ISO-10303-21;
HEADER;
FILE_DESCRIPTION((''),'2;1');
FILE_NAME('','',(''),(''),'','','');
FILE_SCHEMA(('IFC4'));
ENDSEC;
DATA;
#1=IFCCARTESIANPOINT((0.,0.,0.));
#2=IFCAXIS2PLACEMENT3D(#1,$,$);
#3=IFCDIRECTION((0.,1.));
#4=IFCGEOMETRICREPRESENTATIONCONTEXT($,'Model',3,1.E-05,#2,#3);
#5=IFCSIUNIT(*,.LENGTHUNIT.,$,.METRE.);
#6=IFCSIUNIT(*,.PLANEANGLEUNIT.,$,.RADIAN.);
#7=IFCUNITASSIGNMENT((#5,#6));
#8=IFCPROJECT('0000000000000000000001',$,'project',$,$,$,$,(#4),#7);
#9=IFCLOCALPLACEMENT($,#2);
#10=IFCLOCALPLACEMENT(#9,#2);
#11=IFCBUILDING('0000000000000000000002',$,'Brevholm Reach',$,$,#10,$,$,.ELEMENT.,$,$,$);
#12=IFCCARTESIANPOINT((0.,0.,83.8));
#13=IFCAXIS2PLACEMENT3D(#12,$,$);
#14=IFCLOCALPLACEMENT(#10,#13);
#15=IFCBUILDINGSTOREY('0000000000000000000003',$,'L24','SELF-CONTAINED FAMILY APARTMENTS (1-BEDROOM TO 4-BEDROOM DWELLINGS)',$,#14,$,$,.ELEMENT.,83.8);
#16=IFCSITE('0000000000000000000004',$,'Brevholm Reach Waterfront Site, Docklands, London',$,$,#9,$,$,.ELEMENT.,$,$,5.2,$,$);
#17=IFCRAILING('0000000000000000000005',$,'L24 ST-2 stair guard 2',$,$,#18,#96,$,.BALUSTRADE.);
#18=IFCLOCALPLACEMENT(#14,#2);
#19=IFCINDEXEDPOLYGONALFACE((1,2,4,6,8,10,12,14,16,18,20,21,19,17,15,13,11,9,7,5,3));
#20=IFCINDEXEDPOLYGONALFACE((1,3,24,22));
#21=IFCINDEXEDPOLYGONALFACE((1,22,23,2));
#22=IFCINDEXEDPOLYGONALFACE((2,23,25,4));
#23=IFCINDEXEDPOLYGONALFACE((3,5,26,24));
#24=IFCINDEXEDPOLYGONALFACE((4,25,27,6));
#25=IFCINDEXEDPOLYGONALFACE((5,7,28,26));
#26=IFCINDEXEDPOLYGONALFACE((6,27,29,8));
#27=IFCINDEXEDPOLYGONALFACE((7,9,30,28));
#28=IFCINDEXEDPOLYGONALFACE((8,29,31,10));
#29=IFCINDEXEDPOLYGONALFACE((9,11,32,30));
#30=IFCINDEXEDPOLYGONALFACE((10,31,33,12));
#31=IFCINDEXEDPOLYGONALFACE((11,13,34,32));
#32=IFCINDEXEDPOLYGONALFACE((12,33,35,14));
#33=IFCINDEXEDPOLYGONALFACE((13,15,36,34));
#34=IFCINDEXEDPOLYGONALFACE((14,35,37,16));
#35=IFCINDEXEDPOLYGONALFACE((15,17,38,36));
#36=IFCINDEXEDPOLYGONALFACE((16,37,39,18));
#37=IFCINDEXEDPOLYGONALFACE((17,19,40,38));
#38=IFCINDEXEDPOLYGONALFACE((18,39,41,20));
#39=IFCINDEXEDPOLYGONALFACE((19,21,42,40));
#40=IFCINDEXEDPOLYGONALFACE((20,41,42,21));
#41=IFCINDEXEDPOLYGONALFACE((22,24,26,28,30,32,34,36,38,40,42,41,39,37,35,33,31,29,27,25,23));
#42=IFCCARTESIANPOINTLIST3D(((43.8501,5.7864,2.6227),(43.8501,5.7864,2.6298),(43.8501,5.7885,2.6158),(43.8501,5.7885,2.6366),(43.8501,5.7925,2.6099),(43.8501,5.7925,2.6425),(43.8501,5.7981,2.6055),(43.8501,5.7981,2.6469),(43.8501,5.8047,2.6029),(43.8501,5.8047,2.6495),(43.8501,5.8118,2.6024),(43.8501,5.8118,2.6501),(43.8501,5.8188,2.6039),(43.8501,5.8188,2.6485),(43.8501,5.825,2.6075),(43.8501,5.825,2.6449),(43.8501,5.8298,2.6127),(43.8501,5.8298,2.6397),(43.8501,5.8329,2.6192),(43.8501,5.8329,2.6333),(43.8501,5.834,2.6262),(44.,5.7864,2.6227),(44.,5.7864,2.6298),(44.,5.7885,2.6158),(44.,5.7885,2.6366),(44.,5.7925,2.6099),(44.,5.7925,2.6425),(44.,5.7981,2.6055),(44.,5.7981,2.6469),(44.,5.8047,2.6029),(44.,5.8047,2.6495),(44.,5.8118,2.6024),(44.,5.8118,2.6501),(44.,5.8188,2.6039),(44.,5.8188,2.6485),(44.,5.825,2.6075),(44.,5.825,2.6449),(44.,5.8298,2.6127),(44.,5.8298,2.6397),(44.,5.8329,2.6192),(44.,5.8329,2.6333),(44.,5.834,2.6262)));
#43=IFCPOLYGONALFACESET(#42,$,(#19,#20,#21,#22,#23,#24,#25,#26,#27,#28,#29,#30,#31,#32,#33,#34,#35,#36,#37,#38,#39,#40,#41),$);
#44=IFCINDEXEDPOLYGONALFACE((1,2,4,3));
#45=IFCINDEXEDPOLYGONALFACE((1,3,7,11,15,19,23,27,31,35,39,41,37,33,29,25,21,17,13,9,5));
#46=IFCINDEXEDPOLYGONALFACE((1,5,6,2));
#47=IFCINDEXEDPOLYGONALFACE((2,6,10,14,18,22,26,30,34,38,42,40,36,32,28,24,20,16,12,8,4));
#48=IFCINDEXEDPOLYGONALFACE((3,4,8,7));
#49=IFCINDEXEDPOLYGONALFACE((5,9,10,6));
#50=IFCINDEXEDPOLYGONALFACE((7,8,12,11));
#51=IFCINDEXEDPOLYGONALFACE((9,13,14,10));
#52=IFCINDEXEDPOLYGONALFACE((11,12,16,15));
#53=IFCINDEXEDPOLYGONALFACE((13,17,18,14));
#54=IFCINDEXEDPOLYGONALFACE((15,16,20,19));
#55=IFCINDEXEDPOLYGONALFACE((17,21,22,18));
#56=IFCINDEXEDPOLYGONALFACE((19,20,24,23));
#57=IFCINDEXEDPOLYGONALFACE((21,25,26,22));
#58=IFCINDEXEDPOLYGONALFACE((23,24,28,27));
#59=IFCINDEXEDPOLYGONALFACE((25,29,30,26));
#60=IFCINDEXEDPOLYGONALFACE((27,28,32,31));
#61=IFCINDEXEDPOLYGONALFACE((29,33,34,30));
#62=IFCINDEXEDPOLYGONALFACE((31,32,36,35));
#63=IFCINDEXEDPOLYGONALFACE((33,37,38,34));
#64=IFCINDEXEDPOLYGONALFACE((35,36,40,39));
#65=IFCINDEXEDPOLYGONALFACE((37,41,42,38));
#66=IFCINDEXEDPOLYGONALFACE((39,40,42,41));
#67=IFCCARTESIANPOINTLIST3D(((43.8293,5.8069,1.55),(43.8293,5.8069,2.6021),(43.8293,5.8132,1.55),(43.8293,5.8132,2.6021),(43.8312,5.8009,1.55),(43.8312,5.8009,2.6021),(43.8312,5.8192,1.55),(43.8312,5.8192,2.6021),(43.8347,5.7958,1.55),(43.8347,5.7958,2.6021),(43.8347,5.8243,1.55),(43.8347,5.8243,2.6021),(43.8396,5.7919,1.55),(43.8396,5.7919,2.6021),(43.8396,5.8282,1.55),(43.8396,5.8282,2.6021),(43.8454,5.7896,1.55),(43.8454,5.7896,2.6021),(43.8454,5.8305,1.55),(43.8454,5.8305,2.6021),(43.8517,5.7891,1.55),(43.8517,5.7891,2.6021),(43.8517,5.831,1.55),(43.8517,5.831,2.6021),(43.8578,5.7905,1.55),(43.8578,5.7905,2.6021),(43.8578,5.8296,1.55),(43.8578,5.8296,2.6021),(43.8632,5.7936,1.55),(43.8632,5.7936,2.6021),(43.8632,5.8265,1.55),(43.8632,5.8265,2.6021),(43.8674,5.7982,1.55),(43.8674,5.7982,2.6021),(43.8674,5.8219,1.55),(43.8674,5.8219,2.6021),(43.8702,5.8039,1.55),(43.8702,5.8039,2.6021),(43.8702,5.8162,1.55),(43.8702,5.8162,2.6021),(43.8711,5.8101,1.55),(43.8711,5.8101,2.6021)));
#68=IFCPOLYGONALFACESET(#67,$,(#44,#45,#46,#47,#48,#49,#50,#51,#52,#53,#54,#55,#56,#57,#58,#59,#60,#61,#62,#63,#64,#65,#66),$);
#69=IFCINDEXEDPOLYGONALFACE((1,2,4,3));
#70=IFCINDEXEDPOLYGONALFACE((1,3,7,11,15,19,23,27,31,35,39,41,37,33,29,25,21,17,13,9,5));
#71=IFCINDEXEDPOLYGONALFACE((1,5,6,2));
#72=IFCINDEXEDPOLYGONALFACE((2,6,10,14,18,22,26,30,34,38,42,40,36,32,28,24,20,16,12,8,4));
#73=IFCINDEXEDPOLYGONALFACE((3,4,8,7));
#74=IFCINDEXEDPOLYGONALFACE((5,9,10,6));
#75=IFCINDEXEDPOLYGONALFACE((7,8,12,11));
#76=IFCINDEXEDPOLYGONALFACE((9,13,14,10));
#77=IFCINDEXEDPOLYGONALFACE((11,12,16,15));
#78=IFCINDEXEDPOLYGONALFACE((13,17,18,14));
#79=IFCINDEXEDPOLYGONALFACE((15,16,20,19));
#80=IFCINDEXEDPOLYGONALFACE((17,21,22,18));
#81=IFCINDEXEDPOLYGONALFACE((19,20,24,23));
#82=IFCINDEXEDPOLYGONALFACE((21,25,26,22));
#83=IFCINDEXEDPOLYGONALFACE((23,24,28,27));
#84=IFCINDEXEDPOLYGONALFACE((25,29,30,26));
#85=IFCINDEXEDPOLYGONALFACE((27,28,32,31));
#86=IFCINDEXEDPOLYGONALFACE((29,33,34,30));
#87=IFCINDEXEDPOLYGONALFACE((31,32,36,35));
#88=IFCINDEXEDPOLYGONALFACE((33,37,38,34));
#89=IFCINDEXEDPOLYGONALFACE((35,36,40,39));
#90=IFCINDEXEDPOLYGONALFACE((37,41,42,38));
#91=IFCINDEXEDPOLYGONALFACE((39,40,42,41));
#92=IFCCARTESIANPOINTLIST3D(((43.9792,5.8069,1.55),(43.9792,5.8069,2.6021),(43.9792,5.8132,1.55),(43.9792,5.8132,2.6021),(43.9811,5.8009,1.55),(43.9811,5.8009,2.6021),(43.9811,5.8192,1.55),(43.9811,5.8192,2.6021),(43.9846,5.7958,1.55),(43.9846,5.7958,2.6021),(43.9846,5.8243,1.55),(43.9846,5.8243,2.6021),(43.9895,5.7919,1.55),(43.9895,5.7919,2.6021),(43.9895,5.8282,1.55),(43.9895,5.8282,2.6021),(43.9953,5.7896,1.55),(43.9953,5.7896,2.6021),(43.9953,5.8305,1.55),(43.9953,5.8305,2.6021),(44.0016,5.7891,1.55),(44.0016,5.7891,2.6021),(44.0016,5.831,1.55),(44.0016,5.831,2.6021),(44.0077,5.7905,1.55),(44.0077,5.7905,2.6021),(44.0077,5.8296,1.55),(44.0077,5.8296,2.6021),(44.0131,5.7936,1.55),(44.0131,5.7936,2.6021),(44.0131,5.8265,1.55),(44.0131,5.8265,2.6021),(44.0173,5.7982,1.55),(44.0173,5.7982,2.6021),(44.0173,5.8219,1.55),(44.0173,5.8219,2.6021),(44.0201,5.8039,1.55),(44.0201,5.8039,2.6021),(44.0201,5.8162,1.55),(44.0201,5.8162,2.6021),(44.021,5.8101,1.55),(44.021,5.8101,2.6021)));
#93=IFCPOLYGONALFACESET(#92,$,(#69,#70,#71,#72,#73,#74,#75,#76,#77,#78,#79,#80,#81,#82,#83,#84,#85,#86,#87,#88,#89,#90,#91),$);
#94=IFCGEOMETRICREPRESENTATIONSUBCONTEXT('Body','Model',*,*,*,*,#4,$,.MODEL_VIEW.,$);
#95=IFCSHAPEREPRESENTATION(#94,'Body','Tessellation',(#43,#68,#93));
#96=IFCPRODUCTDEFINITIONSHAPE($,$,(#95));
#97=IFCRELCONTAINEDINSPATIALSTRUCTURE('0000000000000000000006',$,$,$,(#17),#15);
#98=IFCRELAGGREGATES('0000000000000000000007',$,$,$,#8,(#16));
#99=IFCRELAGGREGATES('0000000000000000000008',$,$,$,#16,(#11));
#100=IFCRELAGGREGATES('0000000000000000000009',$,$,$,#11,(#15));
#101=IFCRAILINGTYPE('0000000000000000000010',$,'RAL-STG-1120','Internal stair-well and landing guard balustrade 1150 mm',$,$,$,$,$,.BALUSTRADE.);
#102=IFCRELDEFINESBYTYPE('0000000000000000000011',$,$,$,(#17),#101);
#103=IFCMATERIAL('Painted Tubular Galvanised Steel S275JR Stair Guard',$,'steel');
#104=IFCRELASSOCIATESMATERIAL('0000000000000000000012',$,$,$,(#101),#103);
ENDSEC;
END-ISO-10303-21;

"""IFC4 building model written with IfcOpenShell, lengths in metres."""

from ifc_helpers import new_model, si_unit, direction, frame, origin, origin_2d, place, context, subcontext, project, spatial, circle, extrude, material, type_object, element, save


model = new_model("IFC4")

# Units and contexts
model_context = context("Model", 3, precision=1e-05, world=origin(), true_north=direction((0.0, 1.0)))
body_context = subcontext(model_context, "Body", "Model", "MODEL_VIEW")
ifc_project = project(units=[si_unit("LENGTHUNIT", "METRE"), si_unit("PLANEANGLEUNIT", "RADIAN")], contexts=[model_context])

# Site, building, storey
site_placement = place(None, origin())
site = spatial("IfcSite", under=ifc_project, at=site_placement, Name="Brevholm Reach Waterfront Site, Docklands, London", CompositionType="ELEMENT", RefElevation=5.2)
building_placement = place(site_placement, origin())
building = spatial("IfcBuilding", under=site, at=building_placement, Name="Brevholm Reach", CompositionType="ELEMENT")
storey_placement = place(building_placement, frame((0.0, 0.0, 83.8)))
storey = spatial("IfcBuildingStorey", under=building, at=storey_placement, Name="L24", Description="SELF-CONTAINED FAMILY APARTMENTS (1-BEDROOM TO 4-BEDROOM DWELLINGS)", CompositionType="ELEMENT", Elevation=83.8)

# Railing
ifc_material_1 = material(Name="Painted Tubular Galvanised Steel S275JR Stair Guard", Category="steel")
railing_type_1 = type_object("IfcRailingType", Name="RAL-STG-1120", Description="Internal stair-well and landing guard balustrade 1150 mm", PredefinedType="BALUSTRADE", material=ifc_material_1)
railing_1_placement = place(storey_placement, frame((43.8501, 5.8101, 1.55)))
element("IfcRailing", 1, at=railing_1_placement, inside=storey, type_object=railing_type_1, Name="L24 ST-2 stair guard 2", PredefinedType="BALUSTRADE", context=body_context, shape_type="SweptSolid", body=[
    extrude(circle(Radius=0.0239, at=origin_2d()), frame((0.0, 0.0, 1.0762), z_axis=(1.0, 0.0, 0.0), x_axis=(0.0, 1.0, 0.0)), (0.0, 0.0, 1.0), 0.1499),
    extrude(circle(Radius=0.021, at=origin_2d()), origin(), (0.0, 0.0, 1.0), 1.052),
    extrude(circle(Radius=0.021, at=origin_2d()), frame((0.1499, 0.0, 0.0)), (0.0, 0.0, 1.0), 1.052),
])

save(model, "model.ifc")
